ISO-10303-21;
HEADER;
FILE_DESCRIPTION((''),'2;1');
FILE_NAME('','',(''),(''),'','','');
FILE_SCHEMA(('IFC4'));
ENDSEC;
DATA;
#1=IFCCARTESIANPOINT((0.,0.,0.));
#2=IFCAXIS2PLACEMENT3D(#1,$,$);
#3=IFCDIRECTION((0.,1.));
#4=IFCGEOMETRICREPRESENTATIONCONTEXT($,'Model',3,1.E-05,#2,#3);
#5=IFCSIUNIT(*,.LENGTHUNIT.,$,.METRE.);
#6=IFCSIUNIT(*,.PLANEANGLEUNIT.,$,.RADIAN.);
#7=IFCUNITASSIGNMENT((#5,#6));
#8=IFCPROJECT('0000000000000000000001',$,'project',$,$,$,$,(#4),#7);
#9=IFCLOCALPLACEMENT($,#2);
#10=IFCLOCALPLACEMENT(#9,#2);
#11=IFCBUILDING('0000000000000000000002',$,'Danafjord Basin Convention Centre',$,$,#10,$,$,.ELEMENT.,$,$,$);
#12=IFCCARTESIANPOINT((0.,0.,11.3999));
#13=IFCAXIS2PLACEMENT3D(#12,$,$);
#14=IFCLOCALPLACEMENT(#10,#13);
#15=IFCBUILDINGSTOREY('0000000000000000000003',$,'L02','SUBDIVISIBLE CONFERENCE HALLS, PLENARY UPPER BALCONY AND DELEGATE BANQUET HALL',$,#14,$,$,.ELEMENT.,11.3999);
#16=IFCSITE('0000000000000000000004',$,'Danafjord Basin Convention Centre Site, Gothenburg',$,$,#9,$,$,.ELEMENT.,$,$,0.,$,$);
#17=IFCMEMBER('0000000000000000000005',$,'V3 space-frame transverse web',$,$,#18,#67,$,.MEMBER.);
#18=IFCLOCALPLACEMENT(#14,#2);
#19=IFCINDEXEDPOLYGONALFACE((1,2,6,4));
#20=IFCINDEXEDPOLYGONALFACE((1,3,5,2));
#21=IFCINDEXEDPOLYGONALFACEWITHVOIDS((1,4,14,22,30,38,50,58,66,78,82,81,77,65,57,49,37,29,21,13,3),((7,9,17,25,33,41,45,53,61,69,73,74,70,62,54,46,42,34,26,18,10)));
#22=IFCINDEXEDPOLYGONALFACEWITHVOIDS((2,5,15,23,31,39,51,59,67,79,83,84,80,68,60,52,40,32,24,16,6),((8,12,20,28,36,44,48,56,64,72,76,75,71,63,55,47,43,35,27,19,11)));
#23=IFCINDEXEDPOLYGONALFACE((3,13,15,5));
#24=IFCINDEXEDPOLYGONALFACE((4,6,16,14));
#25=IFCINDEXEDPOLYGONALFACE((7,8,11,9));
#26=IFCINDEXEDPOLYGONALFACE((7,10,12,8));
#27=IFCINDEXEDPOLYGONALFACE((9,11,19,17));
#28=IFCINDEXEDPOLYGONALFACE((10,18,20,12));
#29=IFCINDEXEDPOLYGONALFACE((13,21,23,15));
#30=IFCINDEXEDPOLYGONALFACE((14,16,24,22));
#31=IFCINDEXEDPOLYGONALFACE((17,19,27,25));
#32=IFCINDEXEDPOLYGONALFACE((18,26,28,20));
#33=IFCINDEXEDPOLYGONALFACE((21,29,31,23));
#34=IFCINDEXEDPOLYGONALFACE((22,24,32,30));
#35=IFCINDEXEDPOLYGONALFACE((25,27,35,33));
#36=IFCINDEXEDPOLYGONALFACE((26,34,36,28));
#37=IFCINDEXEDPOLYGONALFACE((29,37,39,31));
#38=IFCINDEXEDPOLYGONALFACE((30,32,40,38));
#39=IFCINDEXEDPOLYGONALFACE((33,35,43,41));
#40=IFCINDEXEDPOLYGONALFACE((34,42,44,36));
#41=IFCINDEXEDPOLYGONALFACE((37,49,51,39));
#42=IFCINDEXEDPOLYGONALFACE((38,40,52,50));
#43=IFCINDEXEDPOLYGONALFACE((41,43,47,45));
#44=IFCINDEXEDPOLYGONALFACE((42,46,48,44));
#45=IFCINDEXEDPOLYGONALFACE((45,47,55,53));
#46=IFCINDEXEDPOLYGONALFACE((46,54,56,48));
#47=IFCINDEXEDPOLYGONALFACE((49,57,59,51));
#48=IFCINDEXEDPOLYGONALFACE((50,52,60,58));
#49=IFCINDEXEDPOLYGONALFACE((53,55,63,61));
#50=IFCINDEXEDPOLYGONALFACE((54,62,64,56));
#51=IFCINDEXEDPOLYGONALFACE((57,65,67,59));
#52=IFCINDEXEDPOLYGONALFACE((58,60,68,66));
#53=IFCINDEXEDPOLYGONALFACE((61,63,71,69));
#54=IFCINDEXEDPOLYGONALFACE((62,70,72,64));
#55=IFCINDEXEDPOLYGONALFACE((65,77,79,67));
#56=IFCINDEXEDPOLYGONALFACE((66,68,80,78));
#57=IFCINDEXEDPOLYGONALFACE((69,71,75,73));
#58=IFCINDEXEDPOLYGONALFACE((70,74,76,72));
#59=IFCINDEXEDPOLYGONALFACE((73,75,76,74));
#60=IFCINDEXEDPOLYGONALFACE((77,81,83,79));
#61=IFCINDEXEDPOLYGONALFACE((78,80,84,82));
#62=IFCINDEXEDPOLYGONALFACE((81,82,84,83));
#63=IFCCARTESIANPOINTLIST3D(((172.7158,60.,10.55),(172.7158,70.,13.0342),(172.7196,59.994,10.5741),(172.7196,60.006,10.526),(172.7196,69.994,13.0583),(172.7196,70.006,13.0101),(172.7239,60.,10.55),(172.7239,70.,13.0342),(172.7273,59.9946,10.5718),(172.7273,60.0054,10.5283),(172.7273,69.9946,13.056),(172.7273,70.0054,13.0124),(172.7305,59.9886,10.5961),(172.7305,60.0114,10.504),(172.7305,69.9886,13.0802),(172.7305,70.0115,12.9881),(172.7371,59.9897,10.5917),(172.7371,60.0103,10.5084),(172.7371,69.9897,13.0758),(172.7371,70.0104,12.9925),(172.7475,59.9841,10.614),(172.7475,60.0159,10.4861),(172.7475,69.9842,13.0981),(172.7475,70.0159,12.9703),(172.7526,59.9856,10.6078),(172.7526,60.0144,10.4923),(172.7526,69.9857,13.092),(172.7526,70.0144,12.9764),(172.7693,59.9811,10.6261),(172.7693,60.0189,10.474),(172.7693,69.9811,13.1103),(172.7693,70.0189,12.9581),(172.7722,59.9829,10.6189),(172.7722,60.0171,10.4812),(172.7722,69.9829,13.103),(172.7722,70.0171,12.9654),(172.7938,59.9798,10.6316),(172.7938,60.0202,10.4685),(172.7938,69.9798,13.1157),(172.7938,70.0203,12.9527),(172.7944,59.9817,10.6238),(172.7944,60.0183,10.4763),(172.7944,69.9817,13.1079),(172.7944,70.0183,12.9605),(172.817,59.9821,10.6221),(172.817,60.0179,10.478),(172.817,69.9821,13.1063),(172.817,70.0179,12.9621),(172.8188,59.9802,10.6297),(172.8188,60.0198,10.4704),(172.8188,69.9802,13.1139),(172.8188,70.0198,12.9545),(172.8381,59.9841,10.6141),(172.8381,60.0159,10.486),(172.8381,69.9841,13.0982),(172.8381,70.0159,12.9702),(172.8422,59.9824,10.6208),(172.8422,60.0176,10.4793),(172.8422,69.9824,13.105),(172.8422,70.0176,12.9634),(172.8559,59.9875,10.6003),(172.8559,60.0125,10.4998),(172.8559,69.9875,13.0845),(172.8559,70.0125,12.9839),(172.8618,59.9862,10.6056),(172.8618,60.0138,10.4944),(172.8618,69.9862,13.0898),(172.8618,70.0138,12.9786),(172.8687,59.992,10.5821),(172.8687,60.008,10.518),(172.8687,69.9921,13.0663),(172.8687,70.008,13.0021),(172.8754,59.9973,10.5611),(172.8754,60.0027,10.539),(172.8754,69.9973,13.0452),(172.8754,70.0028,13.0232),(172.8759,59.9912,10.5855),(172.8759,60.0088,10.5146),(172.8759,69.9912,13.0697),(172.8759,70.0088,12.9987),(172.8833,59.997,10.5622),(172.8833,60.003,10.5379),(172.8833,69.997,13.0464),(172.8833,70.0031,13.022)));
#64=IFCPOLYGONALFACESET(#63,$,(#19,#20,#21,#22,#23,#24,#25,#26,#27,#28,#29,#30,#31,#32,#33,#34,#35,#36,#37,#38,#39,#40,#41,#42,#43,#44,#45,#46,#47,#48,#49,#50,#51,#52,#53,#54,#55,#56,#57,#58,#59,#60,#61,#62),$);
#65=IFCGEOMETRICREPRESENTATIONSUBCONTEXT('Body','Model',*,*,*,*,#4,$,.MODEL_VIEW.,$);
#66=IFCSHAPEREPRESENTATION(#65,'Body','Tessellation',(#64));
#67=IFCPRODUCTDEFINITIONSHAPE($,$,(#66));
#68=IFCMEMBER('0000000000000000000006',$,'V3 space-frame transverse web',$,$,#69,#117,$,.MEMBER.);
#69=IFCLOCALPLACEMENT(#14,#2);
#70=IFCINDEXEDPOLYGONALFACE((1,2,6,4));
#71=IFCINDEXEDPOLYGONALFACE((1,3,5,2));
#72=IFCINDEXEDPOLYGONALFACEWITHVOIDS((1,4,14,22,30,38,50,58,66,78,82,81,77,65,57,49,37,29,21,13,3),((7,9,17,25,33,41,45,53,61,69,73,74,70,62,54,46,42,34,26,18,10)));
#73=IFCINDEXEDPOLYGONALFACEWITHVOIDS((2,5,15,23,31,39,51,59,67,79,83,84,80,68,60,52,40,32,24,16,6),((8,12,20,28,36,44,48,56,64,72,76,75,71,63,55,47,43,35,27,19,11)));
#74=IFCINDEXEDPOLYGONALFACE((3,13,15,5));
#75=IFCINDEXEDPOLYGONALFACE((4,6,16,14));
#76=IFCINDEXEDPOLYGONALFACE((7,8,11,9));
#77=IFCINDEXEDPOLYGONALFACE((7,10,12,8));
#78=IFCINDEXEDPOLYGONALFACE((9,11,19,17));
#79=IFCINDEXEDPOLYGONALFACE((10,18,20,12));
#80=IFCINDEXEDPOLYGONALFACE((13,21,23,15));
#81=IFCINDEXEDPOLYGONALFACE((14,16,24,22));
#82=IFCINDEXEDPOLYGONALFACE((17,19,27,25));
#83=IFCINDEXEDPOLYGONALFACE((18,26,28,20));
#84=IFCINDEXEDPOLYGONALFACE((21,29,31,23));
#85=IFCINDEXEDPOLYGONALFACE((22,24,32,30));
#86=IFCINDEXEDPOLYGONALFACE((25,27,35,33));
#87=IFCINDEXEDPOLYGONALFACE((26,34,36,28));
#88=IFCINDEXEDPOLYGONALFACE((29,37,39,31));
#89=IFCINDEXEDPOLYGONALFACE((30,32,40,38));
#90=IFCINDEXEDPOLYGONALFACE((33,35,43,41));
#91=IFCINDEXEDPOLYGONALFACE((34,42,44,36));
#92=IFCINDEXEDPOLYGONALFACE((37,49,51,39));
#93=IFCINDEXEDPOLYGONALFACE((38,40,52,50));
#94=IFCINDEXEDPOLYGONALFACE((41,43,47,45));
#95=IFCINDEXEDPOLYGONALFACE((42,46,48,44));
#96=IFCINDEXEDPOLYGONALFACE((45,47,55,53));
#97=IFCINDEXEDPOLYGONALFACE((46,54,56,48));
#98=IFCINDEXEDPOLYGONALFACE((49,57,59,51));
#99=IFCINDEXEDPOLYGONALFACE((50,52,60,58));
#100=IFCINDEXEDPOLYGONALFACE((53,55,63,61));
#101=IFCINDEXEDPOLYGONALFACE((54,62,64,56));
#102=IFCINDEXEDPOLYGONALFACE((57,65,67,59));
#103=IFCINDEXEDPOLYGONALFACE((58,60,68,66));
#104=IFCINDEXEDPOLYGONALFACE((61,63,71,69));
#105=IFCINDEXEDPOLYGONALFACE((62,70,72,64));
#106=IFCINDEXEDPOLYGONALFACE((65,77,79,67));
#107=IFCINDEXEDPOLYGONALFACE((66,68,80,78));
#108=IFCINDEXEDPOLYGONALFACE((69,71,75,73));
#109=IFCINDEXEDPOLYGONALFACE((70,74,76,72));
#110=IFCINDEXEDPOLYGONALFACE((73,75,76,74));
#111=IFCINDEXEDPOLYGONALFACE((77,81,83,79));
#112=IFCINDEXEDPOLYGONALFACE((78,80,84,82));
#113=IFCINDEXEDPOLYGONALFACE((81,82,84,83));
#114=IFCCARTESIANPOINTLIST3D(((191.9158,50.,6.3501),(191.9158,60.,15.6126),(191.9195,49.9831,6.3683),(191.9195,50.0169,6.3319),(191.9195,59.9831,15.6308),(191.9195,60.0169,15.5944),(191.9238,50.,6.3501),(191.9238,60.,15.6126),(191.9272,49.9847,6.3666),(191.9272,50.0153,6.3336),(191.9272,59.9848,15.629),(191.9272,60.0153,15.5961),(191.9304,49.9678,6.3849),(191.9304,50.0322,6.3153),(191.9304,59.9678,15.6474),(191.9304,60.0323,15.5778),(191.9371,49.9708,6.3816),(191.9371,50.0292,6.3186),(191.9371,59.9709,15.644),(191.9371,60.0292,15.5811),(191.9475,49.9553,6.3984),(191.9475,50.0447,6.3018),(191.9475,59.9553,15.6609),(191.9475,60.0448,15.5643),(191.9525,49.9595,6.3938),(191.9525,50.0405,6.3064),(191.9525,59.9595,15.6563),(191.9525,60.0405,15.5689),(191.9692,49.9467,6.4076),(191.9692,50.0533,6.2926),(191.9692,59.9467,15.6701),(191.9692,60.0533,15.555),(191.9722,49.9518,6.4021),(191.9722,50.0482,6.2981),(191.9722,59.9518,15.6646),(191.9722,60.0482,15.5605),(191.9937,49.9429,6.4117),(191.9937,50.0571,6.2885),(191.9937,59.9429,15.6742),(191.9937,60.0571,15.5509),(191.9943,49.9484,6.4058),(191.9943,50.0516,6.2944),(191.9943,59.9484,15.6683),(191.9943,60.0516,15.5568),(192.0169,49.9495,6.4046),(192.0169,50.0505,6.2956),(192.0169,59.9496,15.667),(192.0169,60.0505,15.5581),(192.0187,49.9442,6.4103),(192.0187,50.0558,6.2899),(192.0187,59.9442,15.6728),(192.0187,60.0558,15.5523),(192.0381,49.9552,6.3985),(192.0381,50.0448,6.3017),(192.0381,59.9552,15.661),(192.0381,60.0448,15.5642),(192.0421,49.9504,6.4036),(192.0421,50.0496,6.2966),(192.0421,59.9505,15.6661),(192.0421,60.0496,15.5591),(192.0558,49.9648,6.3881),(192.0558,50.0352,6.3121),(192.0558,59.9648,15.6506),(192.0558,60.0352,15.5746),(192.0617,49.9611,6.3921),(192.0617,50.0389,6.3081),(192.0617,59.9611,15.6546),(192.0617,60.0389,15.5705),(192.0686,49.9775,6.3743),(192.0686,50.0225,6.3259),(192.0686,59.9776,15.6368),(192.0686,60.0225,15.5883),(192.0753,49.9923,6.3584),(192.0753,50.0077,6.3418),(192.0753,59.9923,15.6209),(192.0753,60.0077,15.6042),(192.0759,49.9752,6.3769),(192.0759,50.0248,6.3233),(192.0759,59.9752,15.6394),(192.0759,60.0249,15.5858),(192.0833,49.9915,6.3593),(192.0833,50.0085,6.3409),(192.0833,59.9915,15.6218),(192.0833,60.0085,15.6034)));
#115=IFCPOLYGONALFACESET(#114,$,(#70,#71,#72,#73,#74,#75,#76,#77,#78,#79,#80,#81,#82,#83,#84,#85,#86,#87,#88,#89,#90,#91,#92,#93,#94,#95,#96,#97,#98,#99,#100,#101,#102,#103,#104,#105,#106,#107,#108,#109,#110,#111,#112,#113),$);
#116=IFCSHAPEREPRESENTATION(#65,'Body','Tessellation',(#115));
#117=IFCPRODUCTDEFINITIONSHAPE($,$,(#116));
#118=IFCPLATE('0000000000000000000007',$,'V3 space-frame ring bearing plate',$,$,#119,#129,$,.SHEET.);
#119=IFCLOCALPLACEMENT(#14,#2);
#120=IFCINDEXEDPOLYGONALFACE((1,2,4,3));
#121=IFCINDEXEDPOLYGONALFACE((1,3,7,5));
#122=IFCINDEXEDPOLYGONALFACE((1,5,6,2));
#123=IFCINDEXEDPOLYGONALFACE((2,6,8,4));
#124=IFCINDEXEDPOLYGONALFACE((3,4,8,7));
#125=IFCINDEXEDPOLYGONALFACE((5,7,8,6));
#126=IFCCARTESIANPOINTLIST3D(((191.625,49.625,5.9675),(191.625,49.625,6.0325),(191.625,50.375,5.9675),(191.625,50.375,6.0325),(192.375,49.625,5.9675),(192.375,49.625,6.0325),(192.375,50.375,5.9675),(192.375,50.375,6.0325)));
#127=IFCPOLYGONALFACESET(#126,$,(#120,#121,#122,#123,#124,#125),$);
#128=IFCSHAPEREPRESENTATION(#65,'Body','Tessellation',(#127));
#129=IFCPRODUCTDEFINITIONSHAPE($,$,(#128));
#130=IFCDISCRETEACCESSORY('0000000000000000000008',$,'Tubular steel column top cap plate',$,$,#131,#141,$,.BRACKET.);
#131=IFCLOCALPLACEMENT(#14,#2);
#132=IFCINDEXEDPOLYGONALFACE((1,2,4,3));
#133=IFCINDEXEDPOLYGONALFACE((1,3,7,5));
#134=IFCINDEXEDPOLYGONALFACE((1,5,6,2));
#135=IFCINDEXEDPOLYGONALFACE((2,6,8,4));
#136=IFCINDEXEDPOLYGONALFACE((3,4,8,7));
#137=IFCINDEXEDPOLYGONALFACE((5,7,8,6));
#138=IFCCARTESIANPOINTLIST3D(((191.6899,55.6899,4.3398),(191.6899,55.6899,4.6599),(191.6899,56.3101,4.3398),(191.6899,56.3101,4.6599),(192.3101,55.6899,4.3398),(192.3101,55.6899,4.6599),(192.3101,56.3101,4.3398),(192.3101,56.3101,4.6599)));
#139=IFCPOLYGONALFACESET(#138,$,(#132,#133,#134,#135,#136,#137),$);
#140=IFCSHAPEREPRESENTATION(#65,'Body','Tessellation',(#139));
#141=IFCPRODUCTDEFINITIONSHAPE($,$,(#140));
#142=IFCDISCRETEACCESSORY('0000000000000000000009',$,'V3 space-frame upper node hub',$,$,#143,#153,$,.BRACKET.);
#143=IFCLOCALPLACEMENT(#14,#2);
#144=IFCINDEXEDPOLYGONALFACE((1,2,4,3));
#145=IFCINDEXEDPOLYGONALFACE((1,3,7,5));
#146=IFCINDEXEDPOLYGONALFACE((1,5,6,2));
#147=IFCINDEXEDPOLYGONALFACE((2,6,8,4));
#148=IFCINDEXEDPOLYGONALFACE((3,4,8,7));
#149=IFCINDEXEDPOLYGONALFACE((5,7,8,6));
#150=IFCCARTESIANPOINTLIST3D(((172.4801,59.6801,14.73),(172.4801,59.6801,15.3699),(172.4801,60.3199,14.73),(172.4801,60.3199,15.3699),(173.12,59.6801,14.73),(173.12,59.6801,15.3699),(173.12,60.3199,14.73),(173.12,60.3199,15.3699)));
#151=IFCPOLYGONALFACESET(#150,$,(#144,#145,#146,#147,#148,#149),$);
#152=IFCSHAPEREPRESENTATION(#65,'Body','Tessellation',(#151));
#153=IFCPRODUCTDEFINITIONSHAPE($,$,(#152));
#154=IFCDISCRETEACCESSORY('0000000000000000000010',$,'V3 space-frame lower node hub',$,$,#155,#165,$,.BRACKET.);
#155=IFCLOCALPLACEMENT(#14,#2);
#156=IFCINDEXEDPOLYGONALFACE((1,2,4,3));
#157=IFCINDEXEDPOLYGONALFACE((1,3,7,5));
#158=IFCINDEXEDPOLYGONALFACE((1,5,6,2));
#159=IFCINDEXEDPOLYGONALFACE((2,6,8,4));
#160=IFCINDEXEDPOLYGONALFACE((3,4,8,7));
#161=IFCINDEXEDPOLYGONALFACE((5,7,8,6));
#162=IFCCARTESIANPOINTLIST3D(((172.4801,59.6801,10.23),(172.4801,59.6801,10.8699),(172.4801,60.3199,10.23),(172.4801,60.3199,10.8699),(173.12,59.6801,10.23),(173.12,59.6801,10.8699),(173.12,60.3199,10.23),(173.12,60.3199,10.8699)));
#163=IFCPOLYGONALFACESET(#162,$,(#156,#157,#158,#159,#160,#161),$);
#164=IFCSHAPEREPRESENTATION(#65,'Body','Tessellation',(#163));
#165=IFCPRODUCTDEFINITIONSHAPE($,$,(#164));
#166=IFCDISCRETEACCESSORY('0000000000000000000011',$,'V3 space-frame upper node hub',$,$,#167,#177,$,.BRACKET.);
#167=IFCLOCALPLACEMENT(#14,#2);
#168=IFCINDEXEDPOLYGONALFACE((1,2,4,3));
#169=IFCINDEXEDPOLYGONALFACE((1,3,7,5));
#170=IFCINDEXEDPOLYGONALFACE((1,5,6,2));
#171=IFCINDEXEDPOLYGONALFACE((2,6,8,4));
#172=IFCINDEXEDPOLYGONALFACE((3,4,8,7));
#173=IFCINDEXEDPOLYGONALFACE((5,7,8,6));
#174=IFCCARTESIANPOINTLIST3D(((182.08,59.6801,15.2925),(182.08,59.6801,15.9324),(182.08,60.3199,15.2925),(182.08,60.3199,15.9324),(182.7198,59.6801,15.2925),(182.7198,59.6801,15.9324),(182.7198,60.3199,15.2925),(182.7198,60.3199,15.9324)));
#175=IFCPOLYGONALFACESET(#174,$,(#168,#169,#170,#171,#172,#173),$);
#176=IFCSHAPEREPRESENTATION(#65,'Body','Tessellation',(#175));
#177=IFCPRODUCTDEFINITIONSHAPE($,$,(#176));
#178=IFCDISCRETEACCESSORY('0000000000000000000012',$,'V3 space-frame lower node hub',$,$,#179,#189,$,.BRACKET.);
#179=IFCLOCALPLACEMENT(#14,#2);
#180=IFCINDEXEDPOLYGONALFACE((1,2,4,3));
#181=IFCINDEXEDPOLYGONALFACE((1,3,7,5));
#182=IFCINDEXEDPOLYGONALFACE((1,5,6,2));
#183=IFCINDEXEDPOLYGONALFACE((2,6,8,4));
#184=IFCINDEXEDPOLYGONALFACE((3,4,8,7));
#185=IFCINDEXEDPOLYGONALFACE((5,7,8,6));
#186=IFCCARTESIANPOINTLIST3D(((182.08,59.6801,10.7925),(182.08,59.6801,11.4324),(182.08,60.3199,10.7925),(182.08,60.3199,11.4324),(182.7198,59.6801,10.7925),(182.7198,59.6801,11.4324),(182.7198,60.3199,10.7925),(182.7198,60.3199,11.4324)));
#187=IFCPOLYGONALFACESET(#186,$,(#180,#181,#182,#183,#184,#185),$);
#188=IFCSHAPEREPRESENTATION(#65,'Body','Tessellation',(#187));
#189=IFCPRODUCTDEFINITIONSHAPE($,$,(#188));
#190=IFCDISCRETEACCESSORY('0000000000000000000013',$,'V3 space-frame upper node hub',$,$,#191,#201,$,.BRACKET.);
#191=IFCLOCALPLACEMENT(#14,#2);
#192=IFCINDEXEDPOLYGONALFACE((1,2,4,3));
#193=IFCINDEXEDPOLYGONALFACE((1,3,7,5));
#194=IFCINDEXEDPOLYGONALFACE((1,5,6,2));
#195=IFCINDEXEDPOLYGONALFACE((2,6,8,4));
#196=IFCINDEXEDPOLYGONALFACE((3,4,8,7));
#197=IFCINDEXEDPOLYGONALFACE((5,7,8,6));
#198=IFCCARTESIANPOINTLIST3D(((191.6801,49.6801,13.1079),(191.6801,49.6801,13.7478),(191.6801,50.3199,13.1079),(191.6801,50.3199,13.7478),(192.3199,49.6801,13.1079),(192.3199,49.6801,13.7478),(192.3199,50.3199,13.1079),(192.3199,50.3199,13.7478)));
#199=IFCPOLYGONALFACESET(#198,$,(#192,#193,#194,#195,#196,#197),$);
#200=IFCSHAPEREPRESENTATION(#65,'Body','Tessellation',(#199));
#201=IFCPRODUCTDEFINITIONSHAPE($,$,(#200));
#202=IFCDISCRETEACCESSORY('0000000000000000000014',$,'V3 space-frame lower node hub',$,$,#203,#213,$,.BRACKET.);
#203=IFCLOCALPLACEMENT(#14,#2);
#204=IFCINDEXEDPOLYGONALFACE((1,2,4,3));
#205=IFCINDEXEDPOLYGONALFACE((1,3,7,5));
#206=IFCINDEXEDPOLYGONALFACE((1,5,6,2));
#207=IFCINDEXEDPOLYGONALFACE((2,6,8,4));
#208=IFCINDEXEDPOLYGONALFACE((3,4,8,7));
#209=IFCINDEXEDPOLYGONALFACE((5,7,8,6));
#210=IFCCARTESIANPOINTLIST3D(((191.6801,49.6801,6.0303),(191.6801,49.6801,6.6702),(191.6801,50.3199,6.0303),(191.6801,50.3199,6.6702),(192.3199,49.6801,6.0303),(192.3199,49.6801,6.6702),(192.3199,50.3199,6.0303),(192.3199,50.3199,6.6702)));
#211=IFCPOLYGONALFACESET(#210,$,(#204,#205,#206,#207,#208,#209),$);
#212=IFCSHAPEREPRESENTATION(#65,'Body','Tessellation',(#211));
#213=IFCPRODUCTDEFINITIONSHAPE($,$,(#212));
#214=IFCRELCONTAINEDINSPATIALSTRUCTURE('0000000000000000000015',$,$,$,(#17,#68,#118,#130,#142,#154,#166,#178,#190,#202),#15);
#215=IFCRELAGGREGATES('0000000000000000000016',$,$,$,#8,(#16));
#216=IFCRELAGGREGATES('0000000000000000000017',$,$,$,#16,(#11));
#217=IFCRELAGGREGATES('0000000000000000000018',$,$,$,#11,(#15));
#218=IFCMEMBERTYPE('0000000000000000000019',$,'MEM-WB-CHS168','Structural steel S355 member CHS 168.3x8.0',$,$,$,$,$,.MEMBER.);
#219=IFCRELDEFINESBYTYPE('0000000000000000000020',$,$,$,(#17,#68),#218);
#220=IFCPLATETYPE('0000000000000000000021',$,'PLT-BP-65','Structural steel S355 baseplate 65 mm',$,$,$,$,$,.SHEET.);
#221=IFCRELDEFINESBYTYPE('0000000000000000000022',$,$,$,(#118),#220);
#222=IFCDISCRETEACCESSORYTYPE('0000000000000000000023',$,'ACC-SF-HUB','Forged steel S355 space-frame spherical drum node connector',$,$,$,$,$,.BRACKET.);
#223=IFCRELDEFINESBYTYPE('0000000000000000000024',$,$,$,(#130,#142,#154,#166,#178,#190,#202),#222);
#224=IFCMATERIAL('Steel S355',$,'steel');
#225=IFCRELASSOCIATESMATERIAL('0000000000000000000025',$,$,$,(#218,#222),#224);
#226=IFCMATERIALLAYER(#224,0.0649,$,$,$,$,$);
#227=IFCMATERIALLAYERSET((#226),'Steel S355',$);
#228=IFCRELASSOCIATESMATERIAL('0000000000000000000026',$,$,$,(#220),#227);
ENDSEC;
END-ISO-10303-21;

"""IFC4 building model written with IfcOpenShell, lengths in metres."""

from ifc_helpers import new_model, si_unit, direction, frame, origin, origin_2d, place, context, subcontext, project, spatial, rectangle, hollow_circle, extrude, material, layer, layer_set, material_profile, profile_set, type_object, element, save


model = new_model("IFC4")

# Units and contexts
model_context = context("Model", 3, precision=1e-05, world=origin(), true_north=direction((0.0, 1.0)))
body_context = subcontext(model_context, "Body", "Model", "MODEL_VIEW")
ifc_project = project(units=[si_unit("LENGTHUNIT", "METRE"), si_unit("PLANEANGLEUNIT", "RADIAN")], contexts=[model_context])

# Site, building, storey
site_placement = place(None, origin())
site = spatial("IfcSite", under=ifc_project, at=site_placement, Name="Danafjord Basin Convention Centre Site, Gothenburg", CompositionType="ELEMENT", RefElevation=0.0)
building_placement = place(site_placement, origin())
building = spatial("IfcBuilding", under=site, at=building_placement, Name="Danafjord Basin Convention Centre", CompositionType="ELEMENT")
storey_placement = place(building_placement, frame((0.0, 0.0, 11.3999)))
storey = spatial("IfcBuildingStorey", under=building, at=storey_placement, Name="L02", Description="SUBDIVISIBLE CONFERENCE HALLS, PLENARY UPPER BALCONY AND DELEGATE BANQUET HALL", CompositionType="ELEMENT", Elevation=11.3999)

# Shared definitions
ifc_material = material(Name="Steel S355", Category="steel")

# Members
ifc_material_profile_1 = material_profile(ifc_material, hollow_circle(Radius=0.0842, WallThickness=0.0081, at=origin_2d()), Name="CHS 168.3x8.0")
ifc_profile_set_1 = profile_set([ifc_material_profile_1], Name="Steel S355")
member_type_1 = type_object("IfcMemberType", Name="MEM-WB-CHS168", Description="Structural steel S355 member CHS 168.3x8.0", PredefinedType="MEMBER", material=ifc_profile_set_1)
member_1_placement = place(storey_placement, frame((172.8, 60.0, 10.55), z_axis=(0.0, 0.970504, 0.241086), x_axis=(-1.0, 0.0, 0.0)))
element("IfcMember", 1, at=member_1_placement, inside=storey, type_object=member_type_1, Name="V3 space-frame transverse web", PredefinedType="MEMBER", context=body_context, shape_type="SweptSolid", body=[
    extrude(hollow_circle(Radius=0.0842, WallThickness=0.0081, at=origin_2d()), origin(), (0.0, 0.0, 1.0), 10.304),
])
member_2_placement = place(storey_placement, frame((192.0, 50.0, 6.3501), z_axis=(0.0, 0.733644, 0.679534), x_axis=(-1.0, 0.0, 0.0)))
element("IfcMember", 2, at=member_2_placement, inside=storey, type_object=member_type_1, Name="V3 space-frame transverse web", PredefinedType="MEMBER", context=body_context, shape_type="SweptSolid", body=[
    extrude(hollow_circle(Radius=0.0842, WallThickness=0.0081, at=origin_2d()), origin(), (0.0, 0.0, 1.0), 13.6306),
])

# Plate
ifc_layer = layer(ifc_material, 0.0649)
ifc_layer_set = layer_set([ifc_layer], Name="Steel S355")
plate_type = type_object("IfcPlateType", Name="PLT-BP-65", Description="Structural steel S355 baseplate 65 mm", PredefinedType="SHEET", material=ifc_layer_set)
plate_placement = place(storey_placement, frame((192.0, 50.0, 5.9675), z_axis=(0.0, 0.0, 1.0), x_axis=(1.0, 0.0, 0.0)))
element("IfcPlate", 3, at=plate_placement, inside=storey, type_object=plate_type, Name="V3 space-frame ring bearing plate", PredefinedType="SHEET", context=body_context, shape_type="SweptSolid", body=[
    extrude(rectangle(XDim=0.75, YDim=0.75, at=origin_2d()), origin(), (0.0, 0.0, 1.0), 0.0649),
])

# Discrete accessories
discrete_accessory_type = type_object("IfcDiscreteAccessoryType", Name="ACC-SF-HUB", Description="Forged steel S355 space-frame spherical drum node connector", PredefinedType="BRACKET", material=ifc_material)
discrete_accessory_placement = place(storey_placement, frame((192.0, 56.0, 4.3398), z_axis=(0.0, 0.0, 1.0), x_axis=(1.0, 0.0, 0.0)))
element("IfcDiscreteAccessory", 4, at=discrete_accessory_placement, inside=storey, type_object=discrete_accessory_type, Name="Tubular steel column top cap plate", PredefinedType="BRACKET", context=body_context, shape_type="SweptSolid", body=[
    extrude(rectangle(XDim=0.6201, YDim=0.6201, at=origin_2d()), origin(), (0.0, 0.0, 1.0), 0.3201),
])
for number, where, z_axis, x_axis, name in (
    (5, (172.8, 60.0, 14.73), (0.0, 0.0, 1.0), (1.0, 0.0, 0.0), "V3 space-frame upper node hub"),
    (6, (172.8, 60.0, 10.23), (0.0, 0.0, 1.0), (1.0, 0.0, 0.0), "V3 space-frame lower node hub"),
    (7, (182.3999, 60.0, 15.2925), (0.0, 0.0, 1.0), (1.0, 0.0, 0.0), "V3 space-frame upper node hub"),
    (8, (182.3999, 60.0, 10.7925), (0.0, 0.0, 1.0), (1.0, 0.0, 0.0), "V3 space-frame lower node hub"),
    (9, (192.0, 50.0, 13.1079), (0.0, 0.0, 1.0), (1.0, 0.0, 0.0), "V3 space-frame upper node hub"),
    (10, (192.0, 50.0, 6.0303), (0.0, 0.0, 1.0), (1.0, 0.0, 0.0), "V3 space-frame lower node hub"),
):
    element("IfcDiscreteAccessory", number, at=place(storey_placement, frame(where, z_axis=z_axis, x_axis=x_axis)), inside=storey, type_object=discrete_accessory_type, Name=name, PredefinedType="BRACKET", context=body_context, shape_type="SweptSolid", body=[
        extrude(rectangle(XDim=0.6399, YDim=0.6399, at=origin_2d()), origin(), (0.0, 0.0, 1.0), 0.6399),
    ])

save(model, "model.ifc")
